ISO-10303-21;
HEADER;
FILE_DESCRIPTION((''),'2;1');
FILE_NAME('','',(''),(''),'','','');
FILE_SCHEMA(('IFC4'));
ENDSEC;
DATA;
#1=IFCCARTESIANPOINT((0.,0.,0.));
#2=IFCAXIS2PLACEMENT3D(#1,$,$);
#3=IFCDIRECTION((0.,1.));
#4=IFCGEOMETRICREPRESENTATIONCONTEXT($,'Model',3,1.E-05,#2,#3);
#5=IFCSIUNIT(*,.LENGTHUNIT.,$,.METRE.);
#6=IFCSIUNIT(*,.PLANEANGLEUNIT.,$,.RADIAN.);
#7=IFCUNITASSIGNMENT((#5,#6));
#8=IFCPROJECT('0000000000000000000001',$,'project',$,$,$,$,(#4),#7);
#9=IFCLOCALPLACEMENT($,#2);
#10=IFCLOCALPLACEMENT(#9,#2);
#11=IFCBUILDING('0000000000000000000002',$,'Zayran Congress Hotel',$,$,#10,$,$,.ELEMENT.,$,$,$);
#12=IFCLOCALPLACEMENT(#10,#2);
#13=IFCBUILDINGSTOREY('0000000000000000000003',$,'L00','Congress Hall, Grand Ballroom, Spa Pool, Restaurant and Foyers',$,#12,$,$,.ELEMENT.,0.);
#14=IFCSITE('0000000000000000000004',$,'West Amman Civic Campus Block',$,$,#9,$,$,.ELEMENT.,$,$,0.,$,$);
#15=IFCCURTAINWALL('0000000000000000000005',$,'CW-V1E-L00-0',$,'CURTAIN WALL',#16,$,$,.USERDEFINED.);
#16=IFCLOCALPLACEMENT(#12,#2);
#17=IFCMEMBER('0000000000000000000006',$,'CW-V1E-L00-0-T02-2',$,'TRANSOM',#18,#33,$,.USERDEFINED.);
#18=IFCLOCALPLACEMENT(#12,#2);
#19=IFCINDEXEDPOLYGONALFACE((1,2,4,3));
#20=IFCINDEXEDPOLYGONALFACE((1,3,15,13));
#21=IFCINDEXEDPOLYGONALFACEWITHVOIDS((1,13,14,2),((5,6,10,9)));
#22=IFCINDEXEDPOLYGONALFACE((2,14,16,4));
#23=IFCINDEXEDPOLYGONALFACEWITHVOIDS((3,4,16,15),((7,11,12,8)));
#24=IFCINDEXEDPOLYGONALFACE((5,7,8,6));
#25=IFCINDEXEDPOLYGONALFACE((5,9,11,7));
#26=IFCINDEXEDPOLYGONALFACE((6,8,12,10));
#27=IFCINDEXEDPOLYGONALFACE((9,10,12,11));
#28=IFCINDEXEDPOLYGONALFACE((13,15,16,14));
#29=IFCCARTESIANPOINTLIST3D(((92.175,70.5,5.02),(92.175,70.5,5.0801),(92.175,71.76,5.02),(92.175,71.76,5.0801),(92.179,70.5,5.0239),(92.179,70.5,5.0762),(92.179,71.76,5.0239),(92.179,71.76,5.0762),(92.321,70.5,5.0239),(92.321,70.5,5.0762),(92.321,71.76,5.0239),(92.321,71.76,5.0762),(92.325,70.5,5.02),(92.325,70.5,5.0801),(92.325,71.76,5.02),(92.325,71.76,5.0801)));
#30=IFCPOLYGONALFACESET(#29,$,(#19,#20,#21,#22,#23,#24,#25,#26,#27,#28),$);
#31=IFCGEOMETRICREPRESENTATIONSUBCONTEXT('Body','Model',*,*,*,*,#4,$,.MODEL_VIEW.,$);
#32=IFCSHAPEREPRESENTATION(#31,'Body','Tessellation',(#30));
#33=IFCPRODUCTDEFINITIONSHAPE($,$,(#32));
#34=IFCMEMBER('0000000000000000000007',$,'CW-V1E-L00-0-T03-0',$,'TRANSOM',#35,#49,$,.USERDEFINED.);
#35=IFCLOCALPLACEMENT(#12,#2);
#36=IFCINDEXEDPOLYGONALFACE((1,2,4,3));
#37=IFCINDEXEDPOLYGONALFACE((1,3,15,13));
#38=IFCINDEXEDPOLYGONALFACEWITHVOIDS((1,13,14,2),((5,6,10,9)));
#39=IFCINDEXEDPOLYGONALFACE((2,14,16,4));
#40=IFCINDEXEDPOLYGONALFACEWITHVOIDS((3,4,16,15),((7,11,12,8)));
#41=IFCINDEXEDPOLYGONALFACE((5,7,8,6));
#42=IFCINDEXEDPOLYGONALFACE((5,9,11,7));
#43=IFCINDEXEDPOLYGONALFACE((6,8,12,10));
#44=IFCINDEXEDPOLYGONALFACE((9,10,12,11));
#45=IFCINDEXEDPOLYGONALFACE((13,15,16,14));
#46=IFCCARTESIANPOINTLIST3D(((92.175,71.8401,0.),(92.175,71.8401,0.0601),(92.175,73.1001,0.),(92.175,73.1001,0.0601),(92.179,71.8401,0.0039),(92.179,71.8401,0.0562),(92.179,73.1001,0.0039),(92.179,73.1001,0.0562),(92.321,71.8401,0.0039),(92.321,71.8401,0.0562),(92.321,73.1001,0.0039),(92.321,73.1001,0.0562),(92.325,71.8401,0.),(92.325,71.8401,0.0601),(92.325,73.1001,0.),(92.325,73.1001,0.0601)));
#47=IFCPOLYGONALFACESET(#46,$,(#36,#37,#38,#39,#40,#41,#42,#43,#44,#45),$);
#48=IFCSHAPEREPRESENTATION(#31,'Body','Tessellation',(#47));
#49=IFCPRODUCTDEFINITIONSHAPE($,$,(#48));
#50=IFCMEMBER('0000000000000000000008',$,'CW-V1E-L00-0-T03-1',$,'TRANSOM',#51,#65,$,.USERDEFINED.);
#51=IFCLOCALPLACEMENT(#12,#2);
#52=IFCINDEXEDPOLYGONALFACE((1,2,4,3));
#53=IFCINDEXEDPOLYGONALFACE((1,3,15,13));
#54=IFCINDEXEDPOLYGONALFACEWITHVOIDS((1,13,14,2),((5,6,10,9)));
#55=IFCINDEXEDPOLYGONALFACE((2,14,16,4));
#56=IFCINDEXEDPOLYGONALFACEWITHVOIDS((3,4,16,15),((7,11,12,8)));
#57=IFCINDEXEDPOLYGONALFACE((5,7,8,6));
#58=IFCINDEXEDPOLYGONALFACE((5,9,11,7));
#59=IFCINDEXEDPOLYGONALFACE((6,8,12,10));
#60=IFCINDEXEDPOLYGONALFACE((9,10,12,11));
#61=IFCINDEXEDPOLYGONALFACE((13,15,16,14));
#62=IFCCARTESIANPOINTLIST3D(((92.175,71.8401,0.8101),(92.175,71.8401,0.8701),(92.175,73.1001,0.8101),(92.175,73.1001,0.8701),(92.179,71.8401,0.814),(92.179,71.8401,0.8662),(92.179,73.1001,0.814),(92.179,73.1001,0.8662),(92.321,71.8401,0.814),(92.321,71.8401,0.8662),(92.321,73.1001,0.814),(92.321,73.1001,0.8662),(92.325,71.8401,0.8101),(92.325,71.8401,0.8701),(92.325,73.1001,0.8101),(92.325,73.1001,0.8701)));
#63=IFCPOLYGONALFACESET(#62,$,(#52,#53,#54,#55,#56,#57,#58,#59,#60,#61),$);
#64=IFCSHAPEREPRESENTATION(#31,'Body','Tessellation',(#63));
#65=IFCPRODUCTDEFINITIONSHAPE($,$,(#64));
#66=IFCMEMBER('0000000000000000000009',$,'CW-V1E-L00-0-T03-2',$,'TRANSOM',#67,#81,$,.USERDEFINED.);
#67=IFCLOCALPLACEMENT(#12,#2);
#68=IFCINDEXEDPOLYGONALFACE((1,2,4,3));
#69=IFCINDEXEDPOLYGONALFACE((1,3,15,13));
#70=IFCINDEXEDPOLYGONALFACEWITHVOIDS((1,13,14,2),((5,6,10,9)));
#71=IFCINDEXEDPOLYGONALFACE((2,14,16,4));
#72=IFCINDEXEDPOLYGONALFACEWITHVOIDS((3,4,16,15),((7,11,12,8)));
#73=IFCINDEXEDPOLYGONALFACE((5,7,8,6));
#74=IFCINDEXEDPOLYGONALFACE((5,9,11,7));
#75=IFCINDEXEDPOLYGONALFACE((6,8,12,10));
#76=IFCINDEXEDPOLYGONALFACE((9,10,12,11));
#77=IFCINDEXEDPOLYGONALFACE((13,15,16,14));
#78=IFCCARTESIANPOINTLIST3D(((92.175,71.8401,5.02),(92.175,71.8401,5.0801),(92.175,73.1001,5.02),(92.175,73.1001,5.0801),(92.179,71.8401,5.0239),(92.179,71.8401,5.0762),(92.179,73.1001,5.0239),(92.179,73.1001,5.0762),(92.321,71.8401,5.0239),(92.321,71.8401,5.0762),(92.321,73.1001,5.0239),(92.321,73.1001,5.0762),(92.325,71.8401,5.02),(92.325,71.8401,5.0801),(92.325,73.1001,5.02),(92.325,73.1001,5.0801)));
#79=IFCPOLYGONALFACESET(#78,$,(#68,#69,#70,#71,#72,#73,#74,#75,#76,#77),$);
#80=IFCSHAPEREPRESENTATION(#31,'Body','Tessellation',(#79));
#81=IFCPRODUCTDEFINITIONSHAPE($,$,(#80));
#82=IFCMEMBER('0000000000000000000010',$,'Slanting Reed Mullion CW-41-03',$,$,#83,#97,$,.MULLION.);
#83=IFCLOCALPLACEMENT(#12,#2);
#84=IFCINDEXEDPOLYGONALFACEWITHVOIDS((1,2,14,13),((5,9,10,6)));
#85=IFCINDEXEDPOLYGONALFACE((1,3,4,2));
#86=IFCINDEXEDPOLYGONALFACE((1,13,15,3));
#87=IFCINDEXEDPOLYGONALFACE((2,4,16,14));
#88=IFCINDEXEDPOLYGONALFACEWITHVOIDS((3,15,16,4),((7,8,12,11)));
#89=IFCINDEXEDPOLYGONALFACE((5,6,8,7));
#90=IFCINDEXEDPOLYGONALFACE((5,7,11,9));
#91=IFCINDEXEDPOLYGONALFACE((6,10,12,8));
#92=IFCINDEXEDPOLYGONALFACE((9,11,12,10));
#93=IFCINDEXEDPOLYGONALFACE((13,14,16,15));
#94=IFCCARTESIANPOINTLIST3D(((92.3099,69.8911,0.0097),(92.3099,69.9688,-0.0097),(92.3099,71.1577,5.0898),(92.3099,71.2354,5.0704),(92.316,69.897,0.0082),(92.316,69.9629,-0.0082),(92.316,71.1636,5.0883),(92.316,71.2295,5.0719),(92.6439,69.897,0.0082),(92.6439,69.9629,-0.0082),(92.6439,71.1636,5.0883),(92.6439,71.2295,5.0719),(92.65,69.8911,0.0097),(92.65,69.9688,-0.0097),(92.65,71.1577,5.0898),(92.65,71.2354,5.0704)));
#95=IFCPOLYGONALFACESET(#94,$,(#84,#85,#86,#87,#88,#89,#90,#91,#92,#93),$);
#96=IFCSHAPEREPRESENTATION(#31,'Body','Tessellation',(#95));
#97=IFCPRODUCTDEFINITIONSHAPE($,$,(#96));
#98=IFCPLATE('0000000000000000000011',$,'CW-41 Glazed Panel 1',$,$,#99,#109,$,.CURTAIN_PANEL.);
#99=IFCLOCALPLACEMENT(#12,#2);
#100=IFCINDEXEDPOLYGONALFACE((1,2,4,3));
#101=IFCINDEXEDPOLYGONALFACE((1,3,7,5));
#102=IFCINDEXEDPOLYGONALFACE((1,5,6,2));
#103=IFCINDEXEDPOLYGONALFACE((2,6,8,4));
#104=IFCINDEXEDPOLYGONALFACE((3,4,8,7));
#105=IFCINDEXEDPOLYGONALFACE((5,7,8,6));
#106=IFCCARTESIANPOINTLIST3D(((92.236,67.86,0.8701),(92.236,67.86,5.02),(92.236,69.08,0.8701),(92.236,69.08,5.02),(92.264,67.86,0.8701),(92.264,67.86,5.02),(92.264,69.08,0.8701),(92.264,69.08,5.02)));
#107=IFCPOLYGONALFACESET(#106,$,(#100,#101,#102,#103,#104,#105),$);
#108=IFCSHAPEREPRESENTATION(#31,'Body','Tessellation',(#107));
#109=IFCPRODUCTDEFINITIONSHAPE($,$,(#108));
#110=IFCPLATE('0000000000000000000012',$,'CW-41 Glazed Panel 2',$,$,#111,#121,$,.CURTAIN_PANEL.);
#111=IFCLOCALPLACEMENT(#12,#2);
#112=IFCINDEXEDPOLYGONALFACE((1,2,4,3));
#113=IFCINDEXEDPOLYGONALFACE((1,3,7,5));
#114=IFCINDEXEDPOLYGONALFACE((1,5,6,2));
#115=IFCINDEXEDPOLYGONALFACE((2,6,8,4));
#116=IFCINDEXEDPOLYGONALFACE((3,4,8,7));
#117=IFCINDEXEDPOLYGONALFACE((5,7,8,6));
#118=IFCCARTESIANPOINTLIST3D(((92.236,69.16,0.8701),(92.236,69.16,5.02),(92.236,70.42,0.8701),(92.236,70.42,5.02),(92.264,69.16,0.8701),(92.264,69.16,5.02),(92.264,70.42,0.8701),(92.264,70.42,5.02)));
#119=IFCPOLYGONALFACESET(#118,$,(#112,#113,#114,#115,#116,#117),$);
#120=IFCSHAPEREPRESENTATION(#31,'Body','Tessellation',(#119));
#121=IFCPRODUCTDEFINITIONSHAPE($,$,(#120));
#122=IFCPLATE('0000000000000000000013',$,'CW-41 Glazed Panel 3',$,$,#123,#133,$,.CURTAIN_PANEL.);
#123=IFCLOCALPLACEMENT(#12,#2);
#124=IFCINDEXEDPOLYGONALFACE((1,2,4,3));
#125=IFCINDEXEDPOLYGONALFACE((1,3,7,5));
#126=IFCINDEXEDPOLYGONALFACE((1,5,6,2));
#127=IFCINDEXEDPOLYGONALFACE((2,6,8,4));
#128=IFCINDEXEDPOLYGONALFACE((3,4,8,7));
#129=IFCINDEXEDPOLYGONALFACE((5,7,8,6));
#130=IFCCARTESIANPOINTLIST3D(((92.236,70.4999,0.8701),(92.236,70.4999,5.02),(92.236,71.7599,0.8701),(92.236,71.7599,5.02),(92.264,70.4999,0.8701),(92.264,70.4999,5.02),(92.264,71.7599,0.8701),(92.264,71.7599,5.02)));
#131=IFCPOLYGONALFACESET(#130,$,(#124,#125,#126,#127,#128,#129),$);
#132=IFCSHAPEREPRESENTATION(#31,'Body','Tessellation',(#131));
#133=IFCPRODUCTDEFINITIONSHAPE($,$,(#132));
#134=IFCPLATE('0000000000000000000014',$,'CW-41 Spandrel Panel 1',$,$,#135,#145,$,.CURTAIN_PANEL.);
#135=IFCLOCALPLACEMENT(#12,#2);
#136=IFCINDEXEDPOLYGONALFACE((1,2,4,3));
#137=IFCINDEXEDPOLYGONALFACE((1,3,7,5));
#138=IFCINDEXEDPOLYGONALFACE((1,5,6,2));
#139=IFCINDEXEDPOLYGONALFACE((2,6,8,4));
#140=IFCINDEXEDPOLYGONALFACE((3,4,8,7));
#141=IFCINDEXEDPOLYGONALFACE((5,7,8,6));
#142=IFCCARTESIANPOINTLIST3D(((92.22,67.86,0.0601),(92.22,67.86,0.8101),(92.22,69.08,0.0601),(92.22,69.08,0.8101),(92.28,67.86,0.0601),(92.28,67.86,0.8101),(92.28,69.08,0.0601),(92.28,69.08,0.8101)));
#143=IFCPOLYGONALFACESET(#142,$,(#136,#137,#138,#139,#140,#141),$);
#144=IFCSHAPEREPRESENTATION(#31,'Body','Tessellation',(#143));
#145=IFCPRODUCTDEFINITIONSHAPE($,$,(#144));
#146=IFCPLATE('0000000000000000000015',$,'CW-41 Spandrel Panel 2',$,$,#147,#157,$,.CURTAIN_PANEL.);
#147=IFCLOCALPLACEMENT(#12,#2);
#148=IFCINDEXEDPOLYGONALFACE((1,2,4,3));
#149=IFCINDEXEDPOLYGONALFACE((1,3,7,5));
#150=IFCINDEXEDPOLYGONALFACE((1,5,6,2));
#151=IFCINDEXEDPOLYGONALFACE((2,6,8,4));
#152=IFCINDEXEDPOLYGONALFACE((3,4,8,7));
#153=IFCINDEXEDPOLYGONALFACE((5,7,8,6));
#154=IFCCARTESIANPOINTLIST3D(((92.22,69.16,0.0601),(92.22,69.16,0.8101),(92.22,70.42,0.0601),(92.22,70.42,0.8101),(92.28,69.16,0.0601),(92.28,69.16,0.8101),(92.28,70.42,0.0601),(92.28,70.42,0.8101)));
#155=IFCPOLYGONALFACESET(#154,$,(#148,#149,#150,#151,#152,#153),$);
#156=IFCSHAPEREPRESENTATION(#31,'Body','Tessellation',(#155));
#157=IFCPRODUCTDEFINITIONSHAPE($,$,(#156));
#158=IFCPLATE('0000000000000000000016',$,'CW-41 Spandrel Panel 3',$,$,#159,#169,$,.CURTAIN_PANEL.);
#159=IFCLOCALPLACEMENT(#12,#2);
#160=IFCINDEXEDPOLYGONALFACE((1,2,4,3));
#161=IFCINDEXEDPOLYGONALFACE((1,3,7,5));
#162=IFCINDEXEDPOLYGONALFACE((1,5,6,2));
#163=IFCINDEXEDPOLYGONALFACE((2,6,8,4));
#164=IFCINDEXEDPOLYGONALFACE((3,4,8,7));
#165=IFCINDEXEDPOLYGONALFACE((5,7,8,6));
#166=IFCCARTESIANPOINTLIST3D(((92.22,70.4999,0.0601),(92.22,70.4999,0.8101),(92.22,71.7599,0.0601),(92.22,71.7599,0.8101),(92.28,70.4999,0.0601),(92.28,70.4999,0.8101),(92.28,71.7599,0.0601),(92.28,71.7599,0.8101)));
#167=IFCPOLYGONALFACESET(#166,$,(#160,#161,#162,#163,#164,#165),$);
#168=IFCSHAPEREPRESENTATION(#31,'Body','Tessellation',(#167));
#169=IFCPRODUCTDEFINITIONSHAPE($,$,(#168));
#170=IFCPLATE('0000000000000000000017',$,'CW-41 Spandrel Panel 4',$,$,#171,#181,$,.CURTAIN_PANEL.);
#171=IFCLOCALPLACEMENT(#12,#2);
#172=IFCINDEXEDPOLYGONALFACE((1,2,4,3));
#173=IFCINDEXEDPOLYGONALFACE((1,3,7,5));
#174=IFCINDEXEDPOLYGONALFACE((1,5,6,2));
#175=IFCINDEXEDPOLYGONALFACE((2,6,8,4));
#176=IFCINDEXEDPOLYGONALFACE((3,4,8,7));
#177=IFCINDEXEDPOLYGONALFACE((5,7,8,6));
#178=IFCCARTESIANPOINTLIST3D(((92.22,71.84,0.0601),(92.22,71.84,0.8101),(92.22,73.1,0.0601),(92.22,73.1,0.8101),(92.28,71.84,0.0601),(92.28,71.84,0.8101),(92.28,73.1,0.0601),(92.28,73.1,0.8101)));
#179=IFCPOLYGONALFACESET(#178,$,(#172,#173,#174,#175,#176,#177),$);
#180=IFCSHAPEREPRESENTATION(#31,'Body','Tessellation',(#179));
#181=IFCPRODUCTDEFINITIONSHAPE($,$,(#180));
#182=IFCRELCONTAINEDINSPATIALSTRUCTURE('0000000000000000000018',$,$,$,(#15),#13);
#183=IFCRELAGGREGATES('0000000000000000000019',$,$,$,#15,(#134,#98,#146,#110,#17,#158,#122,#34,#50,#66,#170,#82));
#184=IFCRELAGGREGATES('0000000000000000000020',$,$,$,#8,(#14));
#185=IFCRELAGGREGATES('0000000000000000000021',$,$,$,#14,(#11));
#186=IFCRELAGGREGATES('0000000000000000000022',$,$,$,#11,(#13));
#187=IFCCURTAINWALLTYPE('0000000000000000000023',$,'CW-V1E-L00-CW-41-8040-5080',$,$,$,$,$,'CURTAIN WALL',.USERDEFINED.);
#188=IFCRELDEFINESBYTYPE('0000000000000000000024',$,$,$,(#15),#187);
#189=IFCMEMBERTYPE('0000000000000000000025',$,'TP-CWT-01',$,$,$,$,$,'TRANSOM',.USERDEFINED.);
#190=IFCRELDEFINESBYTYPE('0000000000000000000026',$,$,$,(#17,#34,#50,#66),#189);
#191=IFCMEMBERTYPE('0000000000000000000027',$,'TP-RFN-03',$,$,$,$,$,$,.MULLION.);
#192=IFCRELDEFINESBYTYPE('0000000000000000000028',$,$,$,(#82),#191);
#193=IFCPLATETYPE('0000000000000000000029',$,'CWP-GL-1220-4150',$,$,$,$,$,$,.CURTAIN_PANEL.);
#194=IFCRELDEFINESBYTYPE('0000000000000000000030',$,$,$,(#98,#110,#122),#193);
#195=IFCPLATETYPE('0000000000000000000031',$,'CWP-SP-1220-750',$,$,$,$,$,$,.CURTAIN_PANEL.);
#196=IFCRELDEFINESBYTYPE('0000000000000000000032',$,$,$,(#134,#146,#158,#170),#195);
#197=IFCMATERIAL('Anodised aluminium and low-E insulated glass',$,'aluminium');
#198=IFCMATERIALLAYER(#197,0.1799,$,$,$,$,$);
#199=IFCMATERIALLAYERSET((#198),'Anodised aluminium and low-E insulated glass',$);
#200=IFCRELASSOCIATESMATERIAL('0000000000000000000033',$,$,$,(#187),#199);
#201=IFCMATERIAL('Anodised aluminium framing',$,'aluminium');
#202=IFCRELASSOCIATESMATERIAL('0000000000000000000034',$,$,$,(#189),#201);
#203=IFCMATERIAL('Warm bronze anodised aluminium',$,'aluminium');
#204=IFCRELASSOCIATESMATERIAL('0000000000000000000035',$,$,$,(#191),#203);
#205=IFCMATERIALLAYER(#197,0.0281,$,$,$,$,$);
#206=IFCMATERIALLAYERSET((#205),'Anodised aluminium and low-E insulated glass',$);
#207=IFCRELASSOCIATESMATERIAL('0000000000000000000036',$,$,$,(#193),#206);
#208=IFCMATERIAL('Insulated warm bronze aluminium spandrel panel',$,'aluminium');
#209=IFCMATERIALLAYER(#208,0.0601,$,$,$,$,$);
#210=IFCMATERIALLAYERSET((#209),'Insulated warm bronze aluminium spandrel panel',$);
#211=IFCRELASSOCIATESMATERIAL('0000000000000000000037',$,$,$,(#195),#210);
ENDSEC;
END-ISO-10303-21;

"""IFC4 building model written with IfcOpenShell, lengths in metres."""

from ifc_helpers import new_model, si_unit, direction, frame, origin, origin_2d, place, context, subcontext, project, spatial, rectangle, hollow_rectangle, extrude, material, layer, layer_set, material_profile, profile_set, type_object, element, aggregate, save


model = new_model("IFC4")

# Units and contexts
model_context = context("Model", 3, precision=1e-05, world=origin(), true_north=direction((0.0, 1.0)))
body_context = subcontext(model_context, "Body", "Model", "MODEL_VIEW")
ifc_project = project(units=[si_unit("LENGTHUNIT", "METRE"), si_unit("PLANEANGLEUNIT", "RADIAN")], contexts=[model_context])

# Site, building, storey
site_placement = place(None, origin())
site = spatial("IfcSite", under=ifc_project, at=site_placement, Name="West Amman Civic Campus Block", CompositionType="ELEMENT", RefElevation=0.0)
building_placement = place(site_placement, origin())
building = spatial("IfcBuilding", under=site, at=building_placement, Name="Zayran Congress Hotel", CompositionType="ELEMENT")
storey_placement = place(building_placement, origin())
storey = spatial("IfcBuildingStorey", under=building, at=storey_placement, Name="L00", Description="Congress Hall, Grand Ballroom, Spa Pool, Restaurant and Foyers", CompositionType="ELEMENT", Elevation=0.0)

# Curtain wall, members, plates
ifc_material_1 = material(Name="Anodised aluminium and low-E insulated glass", Category="aluminium")
ifc_layer_1 = layer(ifc_material_1, 0.1799)
ifc_layer_set_1 = layer_set([ifc_layer_1], Name="Anodised aluminium and low-E insulated glass")
curtain_wall_type = type_object("IfcCurtainWallType", Name="CW-V1E-L00-CW-41-8040-5080", ElementType="CURTAIN WALL", PredefinedType="USERDEFINED", material=ifc_layer_set_1)
curtain_wall_placement = place(storey_placement, origin())
curtain_wall = element("IfcCurtainWall", 1, at=curtain_wall_placement, inside=storey, type_object=curtain_wall_type, Name="CW-V1E-L00-0", ObjectType="CURTAIN WALL", PredefinedType="USERDEFINED")
ifc_material_2 = material(Name="Anodised aluminium framing", Category="aluminium")
ifc_material_profile_1 = material_profile(ifc_material_2, hollow_rectangle(XDim=0.0601, YDim=0.1499, WallThickness=0.0039, at=origin_2d()), Name="RHS 150x60x4")
ifc_profile_set_1 = profile_set([ifc_material_profile_1], Name="Anodised aluminium framing")
member_type_1 = type_object("IfcMemberType", Name="TP-CWT-01", ElementType="TRANSOM", PredefinedType="USERDEFINED", material=ifc_profile_set_1)
member_1_placement = place(storey_placement, frame((92.25, 70.5, 5.05), z_axis=(0.0, 1.0, 0.0), x_axis=(0.0, 0.0, 1.0)))
member_1 = element("IfcMember", 2, at=member_1_placement, type_object=member_type_1, Name="CW-V1E-L00-0-T02-2", ObjectType="TRANSOM", PredefinedType="USERDEFINED", context=body_context, shape_type="SweptSolid", body=[
    extrude(hollow_rectangle(XDim=0.0601, YDim=0.1499, WallThickness=0.0039, at=origin_2d()), origin(), (0.0, 0.0, 1.0), 1.26),
])
member_2_placement = place(storey_placement, frame((92.25, 71.8401, 0.03), z_axis=(0.0, 1.0, 0.0), x_axis=(0.0, 0.0, 1.0)))
member_2 = element("IfcMember", 3, at=member_2_placement, type_object=member_type_1, Name="CW-V1E-L00-0-T03-0", ObjectType="TRANSOM", PredefinedType="USERDEFINED", context=body_context, shape_type="SweptSolid", body=[
    extrude(hollow_rectangle(XDim=0.0601, YDim=0.1499, WallThickness=0.0039, at=origin_2d()), origin(), (0.0, 0.0, 1.0), 1.26),
])
member_3_placement = place(storey_placement, frame((92.25, 71.8401, 0.8401), z_axis=(0.0, 1.0, 0.0), x_axis=(0.0, 0.0, 1.0)))
member_3 = element("IfcMember", 4, at=member_3_placement, type_object=member_type_1, Name="CW-V1E-L00-0-T03-1", ObjectType="TRANSOM", PredefinedType="USERDEFINED", context=body_context, shape_type="SweptSolid", body=[
    extrude(hollow_rectangle(XDim=0.0601, YDim=0.1499, WallThickness=0.0039, at=origin_2d()), origin(), (0.0, 0.0, 1.0), 1.26),
])
member_4_placement = place(storey_placement, frame((92.25, 71.8401, 5.05), z_axis=(0.0, 1.0, 0.0), x_axis=(0.0, 0.0, 1.0)))
member_4 = element("IfcMember", 5, at=member_4_placement, type_object=member_type_1, Name="CW-V1E-L00-0-T03-2", ObjectType="TRANSOM", PredefinedType="USERDEFINED", context=body_context, shape_type="SweptSolid", body=[
    extrude(hollow_rectangle(XDim=0.0601, YDim=0.1499, WallThickness=0.0039, at=origin_2d()), origin(), (0.0, 0.0, 1.0), 1.26),
])
ifc_material_3 = material(Name="Warm bronze anodised aluminium", Category="aluminium")
ifc_material_profile_2 = material_profile(ifc_material_3, hollow_rectangle(XDim=0.0801, YDim=0.3401, WallThickness=0.0061, at=origin_2d()), Name="RHS 340x80x6")
ifc_profile_set_2 = profile_set([ifc_material_profile_2], Name="Warm bronze anodised aluminium")
member_type_2 = type_object("IfcMemberType", Name="TP-RFN-03", PredefinedType="MULLION", material=ifc_profile_set_2)
member_5_placement = place(storey_placement, frame((92.48, 69.9299, 0.0), z_axis=(0.0, 0.241921, 0.970296), x_axis=(0.0, -0.970296, 0.241921)))
member_5 = element("IfcMember", 6, at=member_5_placement, type_object=member_type_2, Name="Slanting Reed Mullion CW-41-03", PredefinedType="MULLION", context=body_context, shape_type="SweptSolid", body=[
    extrude(hollow_rectangle(XDim=0.0801, YDim=0.3401, WallThickness=0.0061, at=origin_2d()), origin(), (0.0, 0.0, 1.0), 5.2356),
])
ifc_layer_2 = layer(ifc_material_1, 0.0281)
ifc_layer_set_2 = layer_set([ifc_layer_2], Name="Anodised aluminium and low-E insulated glass")
plate_type_1 = type_object("IfcPlateType", Name="CWP-GL-1220-4150", PredefinedType="CURTAIN_PANEL", material=ifc_layer_set_2)
plate_1_placement = place(storey_placement, frame((92.25, 68.47, 0.8701), z_axis=(0.0, 0.0, 1.0), x_axis=(0.0, 1.0, 0.0)))
plate_1 = element("IfcPlate", 7, at=plate_1_placement, type_object=plate_type_1, Name="CW-41 Glazed Panel 1", PredefinedType="CURTAIN_PANEL", context=body_context, shape_type="SweptSolid", body=[
    extrude(rectangle(XDim=1.22, YDim=0.0281, at=origin_2d()), origin(), (0.0, 0.0, 1.0), 4.1499),
])
plate_2_placement = place(storey_placement, frame((92.25, 69.79, 0.8701), z_axis=(0.0, 0.0, 1.0), x_axis=(0.0, 1.0, 0.0)))
plate_2 = element("IfcPlate", 8, at=plate_2_placement, type_object=plate_type_1, Name="CW-41 Glazed Panel 2", PredefinedType="CURTAIN_PANEL", context=body_context, shape_type="SweptSolid", body=[
    extrude(rectangle(XDim=1.26, YDim=0.0281, at=origin_2d()), origin(), (0.0, 0.0, 1.0), 4.1499),
])
plate_3_placement = place(storey_placement, frame((92.25, 71.1299, 0.8701), z_axis=(0.0, 0.0, 1.0), x_axis=(0.0, 1.0, 0.0)))
plate_3 = element("IfcPlate", 9, at=plate_3_placement, type_object=plate_type_1, Name="CW-41 Glazed Panel 3", PredefinedType="CURTAIN_PANEL", context=body_context, shape_type="SweptSolid", body=[
    extrude(rectangle(XDim=1.26, YDim=0.0281, at=origin_2d()), origin(), (0.0, 0.0, 1.0), 4.1499),
])
ifc_material_4 = material(Name="Insulated warm bronze aluminium spandrel panel", Category="aluminium")
ifc_layer_3 = layer(ifc_material_4, 0.0601)
ifc_layer_set_3 = layer_set([ifc_layer_3], Name="Insulated warm bronze aluminium spandrel panel")
plate_type_2 = type_object("IfcPlateType", Name="CWP-SP-1220-750", PredefinedType="CURTAIN_PANEL", material=ifc_layer_set_3)
plate_4_placement = place(storey_placement, frame((92.25, 68.47, 0.0601), z_axis=(0.0, 0.0, 1.0), x_axis=(0.0, 1.0, 0.0)))
plate_4 = element("IfcPlate", 10, at=plate_4_placement, type_object=plate_type_2, Name="CW-41 Spandrel Panel 1", PredefinedType="CURTAIN_PANEL", context=body_context, shape_type="SweptSolid", body=[
    extrude(rectangle(XDim=1.22, YDim=0.0601, at=origin_2d()), origin(), (0.0, 0.0, 1.0), 0.75),
])
plate_5_placement = place(storey_placement, frame((92.25, 69.79, 0.0601), z_axis=(0.0, 0.0, 1.0), x_axis=(0.0, 1.0, 0.0)))
plate_5 = element("IfcPlate", 11, at=plate_5_placement, type_object=plate_type_2, Name="CW-41 Spandrel Panel 2", PredefinedType="CURTAIN_PANEL", context=body_context, shape_type="SweptSolid", body=[
    extrude(rectangle(XDim=1.26, YDim=0.0601, at=origin_2d()), origin(), (0.0, 0.0, 1.0), 0.75),
])
plate_6_placement = place(storey_placement, frame((92.25, 71.1299, 0.0601), z_axis=(0.0, 0.0, 1.0), x_axis=(0.0, 1.0, 0.0)))
plate_6 = element("IfcPlate", 12, at=plate_6_placement, type_object=plate_type_2, Name="CW-41 Spandrel Panel 3", PredefinedType="CURTAIN_PANEL", context=body_context, shape_type="SweptSolid", body=[
    extrude(rectangle(XDim=1.26, YDim=0.0601, at=origin_2d()), origin(), (0.0, 0.0, 1.0), 0.75),
])
plate_7_placement = place(storey_placement, frame((92.25, 72.47, 0.0601), z_axis=(0.0, 0.0, 1.0), x_axis=(0.0, 1.0, 0.0)))
plate_7 = element("IfcPlate", 13, at=plate_7_placement, type_object=plate_type_2, Name="CW-41 Spandrel Panel 4", PredefinedType="CURTAIN_PANEL", context=body_context, shape_type="SweptSolid", body=[
    extrude(rectangle(XDim=1.26, YDim=0.0601, at=origin_2d()), origin(), (0.0, 0.0, 1.0), 0.75),
])
aggregate(curtain_wall, [plate_4, plate_1, plate_5, plate_2, member_1, plate_6, plate_3, member_2, member_3, member_4, plate_7, member_5])

save(model, "model.ifc")
